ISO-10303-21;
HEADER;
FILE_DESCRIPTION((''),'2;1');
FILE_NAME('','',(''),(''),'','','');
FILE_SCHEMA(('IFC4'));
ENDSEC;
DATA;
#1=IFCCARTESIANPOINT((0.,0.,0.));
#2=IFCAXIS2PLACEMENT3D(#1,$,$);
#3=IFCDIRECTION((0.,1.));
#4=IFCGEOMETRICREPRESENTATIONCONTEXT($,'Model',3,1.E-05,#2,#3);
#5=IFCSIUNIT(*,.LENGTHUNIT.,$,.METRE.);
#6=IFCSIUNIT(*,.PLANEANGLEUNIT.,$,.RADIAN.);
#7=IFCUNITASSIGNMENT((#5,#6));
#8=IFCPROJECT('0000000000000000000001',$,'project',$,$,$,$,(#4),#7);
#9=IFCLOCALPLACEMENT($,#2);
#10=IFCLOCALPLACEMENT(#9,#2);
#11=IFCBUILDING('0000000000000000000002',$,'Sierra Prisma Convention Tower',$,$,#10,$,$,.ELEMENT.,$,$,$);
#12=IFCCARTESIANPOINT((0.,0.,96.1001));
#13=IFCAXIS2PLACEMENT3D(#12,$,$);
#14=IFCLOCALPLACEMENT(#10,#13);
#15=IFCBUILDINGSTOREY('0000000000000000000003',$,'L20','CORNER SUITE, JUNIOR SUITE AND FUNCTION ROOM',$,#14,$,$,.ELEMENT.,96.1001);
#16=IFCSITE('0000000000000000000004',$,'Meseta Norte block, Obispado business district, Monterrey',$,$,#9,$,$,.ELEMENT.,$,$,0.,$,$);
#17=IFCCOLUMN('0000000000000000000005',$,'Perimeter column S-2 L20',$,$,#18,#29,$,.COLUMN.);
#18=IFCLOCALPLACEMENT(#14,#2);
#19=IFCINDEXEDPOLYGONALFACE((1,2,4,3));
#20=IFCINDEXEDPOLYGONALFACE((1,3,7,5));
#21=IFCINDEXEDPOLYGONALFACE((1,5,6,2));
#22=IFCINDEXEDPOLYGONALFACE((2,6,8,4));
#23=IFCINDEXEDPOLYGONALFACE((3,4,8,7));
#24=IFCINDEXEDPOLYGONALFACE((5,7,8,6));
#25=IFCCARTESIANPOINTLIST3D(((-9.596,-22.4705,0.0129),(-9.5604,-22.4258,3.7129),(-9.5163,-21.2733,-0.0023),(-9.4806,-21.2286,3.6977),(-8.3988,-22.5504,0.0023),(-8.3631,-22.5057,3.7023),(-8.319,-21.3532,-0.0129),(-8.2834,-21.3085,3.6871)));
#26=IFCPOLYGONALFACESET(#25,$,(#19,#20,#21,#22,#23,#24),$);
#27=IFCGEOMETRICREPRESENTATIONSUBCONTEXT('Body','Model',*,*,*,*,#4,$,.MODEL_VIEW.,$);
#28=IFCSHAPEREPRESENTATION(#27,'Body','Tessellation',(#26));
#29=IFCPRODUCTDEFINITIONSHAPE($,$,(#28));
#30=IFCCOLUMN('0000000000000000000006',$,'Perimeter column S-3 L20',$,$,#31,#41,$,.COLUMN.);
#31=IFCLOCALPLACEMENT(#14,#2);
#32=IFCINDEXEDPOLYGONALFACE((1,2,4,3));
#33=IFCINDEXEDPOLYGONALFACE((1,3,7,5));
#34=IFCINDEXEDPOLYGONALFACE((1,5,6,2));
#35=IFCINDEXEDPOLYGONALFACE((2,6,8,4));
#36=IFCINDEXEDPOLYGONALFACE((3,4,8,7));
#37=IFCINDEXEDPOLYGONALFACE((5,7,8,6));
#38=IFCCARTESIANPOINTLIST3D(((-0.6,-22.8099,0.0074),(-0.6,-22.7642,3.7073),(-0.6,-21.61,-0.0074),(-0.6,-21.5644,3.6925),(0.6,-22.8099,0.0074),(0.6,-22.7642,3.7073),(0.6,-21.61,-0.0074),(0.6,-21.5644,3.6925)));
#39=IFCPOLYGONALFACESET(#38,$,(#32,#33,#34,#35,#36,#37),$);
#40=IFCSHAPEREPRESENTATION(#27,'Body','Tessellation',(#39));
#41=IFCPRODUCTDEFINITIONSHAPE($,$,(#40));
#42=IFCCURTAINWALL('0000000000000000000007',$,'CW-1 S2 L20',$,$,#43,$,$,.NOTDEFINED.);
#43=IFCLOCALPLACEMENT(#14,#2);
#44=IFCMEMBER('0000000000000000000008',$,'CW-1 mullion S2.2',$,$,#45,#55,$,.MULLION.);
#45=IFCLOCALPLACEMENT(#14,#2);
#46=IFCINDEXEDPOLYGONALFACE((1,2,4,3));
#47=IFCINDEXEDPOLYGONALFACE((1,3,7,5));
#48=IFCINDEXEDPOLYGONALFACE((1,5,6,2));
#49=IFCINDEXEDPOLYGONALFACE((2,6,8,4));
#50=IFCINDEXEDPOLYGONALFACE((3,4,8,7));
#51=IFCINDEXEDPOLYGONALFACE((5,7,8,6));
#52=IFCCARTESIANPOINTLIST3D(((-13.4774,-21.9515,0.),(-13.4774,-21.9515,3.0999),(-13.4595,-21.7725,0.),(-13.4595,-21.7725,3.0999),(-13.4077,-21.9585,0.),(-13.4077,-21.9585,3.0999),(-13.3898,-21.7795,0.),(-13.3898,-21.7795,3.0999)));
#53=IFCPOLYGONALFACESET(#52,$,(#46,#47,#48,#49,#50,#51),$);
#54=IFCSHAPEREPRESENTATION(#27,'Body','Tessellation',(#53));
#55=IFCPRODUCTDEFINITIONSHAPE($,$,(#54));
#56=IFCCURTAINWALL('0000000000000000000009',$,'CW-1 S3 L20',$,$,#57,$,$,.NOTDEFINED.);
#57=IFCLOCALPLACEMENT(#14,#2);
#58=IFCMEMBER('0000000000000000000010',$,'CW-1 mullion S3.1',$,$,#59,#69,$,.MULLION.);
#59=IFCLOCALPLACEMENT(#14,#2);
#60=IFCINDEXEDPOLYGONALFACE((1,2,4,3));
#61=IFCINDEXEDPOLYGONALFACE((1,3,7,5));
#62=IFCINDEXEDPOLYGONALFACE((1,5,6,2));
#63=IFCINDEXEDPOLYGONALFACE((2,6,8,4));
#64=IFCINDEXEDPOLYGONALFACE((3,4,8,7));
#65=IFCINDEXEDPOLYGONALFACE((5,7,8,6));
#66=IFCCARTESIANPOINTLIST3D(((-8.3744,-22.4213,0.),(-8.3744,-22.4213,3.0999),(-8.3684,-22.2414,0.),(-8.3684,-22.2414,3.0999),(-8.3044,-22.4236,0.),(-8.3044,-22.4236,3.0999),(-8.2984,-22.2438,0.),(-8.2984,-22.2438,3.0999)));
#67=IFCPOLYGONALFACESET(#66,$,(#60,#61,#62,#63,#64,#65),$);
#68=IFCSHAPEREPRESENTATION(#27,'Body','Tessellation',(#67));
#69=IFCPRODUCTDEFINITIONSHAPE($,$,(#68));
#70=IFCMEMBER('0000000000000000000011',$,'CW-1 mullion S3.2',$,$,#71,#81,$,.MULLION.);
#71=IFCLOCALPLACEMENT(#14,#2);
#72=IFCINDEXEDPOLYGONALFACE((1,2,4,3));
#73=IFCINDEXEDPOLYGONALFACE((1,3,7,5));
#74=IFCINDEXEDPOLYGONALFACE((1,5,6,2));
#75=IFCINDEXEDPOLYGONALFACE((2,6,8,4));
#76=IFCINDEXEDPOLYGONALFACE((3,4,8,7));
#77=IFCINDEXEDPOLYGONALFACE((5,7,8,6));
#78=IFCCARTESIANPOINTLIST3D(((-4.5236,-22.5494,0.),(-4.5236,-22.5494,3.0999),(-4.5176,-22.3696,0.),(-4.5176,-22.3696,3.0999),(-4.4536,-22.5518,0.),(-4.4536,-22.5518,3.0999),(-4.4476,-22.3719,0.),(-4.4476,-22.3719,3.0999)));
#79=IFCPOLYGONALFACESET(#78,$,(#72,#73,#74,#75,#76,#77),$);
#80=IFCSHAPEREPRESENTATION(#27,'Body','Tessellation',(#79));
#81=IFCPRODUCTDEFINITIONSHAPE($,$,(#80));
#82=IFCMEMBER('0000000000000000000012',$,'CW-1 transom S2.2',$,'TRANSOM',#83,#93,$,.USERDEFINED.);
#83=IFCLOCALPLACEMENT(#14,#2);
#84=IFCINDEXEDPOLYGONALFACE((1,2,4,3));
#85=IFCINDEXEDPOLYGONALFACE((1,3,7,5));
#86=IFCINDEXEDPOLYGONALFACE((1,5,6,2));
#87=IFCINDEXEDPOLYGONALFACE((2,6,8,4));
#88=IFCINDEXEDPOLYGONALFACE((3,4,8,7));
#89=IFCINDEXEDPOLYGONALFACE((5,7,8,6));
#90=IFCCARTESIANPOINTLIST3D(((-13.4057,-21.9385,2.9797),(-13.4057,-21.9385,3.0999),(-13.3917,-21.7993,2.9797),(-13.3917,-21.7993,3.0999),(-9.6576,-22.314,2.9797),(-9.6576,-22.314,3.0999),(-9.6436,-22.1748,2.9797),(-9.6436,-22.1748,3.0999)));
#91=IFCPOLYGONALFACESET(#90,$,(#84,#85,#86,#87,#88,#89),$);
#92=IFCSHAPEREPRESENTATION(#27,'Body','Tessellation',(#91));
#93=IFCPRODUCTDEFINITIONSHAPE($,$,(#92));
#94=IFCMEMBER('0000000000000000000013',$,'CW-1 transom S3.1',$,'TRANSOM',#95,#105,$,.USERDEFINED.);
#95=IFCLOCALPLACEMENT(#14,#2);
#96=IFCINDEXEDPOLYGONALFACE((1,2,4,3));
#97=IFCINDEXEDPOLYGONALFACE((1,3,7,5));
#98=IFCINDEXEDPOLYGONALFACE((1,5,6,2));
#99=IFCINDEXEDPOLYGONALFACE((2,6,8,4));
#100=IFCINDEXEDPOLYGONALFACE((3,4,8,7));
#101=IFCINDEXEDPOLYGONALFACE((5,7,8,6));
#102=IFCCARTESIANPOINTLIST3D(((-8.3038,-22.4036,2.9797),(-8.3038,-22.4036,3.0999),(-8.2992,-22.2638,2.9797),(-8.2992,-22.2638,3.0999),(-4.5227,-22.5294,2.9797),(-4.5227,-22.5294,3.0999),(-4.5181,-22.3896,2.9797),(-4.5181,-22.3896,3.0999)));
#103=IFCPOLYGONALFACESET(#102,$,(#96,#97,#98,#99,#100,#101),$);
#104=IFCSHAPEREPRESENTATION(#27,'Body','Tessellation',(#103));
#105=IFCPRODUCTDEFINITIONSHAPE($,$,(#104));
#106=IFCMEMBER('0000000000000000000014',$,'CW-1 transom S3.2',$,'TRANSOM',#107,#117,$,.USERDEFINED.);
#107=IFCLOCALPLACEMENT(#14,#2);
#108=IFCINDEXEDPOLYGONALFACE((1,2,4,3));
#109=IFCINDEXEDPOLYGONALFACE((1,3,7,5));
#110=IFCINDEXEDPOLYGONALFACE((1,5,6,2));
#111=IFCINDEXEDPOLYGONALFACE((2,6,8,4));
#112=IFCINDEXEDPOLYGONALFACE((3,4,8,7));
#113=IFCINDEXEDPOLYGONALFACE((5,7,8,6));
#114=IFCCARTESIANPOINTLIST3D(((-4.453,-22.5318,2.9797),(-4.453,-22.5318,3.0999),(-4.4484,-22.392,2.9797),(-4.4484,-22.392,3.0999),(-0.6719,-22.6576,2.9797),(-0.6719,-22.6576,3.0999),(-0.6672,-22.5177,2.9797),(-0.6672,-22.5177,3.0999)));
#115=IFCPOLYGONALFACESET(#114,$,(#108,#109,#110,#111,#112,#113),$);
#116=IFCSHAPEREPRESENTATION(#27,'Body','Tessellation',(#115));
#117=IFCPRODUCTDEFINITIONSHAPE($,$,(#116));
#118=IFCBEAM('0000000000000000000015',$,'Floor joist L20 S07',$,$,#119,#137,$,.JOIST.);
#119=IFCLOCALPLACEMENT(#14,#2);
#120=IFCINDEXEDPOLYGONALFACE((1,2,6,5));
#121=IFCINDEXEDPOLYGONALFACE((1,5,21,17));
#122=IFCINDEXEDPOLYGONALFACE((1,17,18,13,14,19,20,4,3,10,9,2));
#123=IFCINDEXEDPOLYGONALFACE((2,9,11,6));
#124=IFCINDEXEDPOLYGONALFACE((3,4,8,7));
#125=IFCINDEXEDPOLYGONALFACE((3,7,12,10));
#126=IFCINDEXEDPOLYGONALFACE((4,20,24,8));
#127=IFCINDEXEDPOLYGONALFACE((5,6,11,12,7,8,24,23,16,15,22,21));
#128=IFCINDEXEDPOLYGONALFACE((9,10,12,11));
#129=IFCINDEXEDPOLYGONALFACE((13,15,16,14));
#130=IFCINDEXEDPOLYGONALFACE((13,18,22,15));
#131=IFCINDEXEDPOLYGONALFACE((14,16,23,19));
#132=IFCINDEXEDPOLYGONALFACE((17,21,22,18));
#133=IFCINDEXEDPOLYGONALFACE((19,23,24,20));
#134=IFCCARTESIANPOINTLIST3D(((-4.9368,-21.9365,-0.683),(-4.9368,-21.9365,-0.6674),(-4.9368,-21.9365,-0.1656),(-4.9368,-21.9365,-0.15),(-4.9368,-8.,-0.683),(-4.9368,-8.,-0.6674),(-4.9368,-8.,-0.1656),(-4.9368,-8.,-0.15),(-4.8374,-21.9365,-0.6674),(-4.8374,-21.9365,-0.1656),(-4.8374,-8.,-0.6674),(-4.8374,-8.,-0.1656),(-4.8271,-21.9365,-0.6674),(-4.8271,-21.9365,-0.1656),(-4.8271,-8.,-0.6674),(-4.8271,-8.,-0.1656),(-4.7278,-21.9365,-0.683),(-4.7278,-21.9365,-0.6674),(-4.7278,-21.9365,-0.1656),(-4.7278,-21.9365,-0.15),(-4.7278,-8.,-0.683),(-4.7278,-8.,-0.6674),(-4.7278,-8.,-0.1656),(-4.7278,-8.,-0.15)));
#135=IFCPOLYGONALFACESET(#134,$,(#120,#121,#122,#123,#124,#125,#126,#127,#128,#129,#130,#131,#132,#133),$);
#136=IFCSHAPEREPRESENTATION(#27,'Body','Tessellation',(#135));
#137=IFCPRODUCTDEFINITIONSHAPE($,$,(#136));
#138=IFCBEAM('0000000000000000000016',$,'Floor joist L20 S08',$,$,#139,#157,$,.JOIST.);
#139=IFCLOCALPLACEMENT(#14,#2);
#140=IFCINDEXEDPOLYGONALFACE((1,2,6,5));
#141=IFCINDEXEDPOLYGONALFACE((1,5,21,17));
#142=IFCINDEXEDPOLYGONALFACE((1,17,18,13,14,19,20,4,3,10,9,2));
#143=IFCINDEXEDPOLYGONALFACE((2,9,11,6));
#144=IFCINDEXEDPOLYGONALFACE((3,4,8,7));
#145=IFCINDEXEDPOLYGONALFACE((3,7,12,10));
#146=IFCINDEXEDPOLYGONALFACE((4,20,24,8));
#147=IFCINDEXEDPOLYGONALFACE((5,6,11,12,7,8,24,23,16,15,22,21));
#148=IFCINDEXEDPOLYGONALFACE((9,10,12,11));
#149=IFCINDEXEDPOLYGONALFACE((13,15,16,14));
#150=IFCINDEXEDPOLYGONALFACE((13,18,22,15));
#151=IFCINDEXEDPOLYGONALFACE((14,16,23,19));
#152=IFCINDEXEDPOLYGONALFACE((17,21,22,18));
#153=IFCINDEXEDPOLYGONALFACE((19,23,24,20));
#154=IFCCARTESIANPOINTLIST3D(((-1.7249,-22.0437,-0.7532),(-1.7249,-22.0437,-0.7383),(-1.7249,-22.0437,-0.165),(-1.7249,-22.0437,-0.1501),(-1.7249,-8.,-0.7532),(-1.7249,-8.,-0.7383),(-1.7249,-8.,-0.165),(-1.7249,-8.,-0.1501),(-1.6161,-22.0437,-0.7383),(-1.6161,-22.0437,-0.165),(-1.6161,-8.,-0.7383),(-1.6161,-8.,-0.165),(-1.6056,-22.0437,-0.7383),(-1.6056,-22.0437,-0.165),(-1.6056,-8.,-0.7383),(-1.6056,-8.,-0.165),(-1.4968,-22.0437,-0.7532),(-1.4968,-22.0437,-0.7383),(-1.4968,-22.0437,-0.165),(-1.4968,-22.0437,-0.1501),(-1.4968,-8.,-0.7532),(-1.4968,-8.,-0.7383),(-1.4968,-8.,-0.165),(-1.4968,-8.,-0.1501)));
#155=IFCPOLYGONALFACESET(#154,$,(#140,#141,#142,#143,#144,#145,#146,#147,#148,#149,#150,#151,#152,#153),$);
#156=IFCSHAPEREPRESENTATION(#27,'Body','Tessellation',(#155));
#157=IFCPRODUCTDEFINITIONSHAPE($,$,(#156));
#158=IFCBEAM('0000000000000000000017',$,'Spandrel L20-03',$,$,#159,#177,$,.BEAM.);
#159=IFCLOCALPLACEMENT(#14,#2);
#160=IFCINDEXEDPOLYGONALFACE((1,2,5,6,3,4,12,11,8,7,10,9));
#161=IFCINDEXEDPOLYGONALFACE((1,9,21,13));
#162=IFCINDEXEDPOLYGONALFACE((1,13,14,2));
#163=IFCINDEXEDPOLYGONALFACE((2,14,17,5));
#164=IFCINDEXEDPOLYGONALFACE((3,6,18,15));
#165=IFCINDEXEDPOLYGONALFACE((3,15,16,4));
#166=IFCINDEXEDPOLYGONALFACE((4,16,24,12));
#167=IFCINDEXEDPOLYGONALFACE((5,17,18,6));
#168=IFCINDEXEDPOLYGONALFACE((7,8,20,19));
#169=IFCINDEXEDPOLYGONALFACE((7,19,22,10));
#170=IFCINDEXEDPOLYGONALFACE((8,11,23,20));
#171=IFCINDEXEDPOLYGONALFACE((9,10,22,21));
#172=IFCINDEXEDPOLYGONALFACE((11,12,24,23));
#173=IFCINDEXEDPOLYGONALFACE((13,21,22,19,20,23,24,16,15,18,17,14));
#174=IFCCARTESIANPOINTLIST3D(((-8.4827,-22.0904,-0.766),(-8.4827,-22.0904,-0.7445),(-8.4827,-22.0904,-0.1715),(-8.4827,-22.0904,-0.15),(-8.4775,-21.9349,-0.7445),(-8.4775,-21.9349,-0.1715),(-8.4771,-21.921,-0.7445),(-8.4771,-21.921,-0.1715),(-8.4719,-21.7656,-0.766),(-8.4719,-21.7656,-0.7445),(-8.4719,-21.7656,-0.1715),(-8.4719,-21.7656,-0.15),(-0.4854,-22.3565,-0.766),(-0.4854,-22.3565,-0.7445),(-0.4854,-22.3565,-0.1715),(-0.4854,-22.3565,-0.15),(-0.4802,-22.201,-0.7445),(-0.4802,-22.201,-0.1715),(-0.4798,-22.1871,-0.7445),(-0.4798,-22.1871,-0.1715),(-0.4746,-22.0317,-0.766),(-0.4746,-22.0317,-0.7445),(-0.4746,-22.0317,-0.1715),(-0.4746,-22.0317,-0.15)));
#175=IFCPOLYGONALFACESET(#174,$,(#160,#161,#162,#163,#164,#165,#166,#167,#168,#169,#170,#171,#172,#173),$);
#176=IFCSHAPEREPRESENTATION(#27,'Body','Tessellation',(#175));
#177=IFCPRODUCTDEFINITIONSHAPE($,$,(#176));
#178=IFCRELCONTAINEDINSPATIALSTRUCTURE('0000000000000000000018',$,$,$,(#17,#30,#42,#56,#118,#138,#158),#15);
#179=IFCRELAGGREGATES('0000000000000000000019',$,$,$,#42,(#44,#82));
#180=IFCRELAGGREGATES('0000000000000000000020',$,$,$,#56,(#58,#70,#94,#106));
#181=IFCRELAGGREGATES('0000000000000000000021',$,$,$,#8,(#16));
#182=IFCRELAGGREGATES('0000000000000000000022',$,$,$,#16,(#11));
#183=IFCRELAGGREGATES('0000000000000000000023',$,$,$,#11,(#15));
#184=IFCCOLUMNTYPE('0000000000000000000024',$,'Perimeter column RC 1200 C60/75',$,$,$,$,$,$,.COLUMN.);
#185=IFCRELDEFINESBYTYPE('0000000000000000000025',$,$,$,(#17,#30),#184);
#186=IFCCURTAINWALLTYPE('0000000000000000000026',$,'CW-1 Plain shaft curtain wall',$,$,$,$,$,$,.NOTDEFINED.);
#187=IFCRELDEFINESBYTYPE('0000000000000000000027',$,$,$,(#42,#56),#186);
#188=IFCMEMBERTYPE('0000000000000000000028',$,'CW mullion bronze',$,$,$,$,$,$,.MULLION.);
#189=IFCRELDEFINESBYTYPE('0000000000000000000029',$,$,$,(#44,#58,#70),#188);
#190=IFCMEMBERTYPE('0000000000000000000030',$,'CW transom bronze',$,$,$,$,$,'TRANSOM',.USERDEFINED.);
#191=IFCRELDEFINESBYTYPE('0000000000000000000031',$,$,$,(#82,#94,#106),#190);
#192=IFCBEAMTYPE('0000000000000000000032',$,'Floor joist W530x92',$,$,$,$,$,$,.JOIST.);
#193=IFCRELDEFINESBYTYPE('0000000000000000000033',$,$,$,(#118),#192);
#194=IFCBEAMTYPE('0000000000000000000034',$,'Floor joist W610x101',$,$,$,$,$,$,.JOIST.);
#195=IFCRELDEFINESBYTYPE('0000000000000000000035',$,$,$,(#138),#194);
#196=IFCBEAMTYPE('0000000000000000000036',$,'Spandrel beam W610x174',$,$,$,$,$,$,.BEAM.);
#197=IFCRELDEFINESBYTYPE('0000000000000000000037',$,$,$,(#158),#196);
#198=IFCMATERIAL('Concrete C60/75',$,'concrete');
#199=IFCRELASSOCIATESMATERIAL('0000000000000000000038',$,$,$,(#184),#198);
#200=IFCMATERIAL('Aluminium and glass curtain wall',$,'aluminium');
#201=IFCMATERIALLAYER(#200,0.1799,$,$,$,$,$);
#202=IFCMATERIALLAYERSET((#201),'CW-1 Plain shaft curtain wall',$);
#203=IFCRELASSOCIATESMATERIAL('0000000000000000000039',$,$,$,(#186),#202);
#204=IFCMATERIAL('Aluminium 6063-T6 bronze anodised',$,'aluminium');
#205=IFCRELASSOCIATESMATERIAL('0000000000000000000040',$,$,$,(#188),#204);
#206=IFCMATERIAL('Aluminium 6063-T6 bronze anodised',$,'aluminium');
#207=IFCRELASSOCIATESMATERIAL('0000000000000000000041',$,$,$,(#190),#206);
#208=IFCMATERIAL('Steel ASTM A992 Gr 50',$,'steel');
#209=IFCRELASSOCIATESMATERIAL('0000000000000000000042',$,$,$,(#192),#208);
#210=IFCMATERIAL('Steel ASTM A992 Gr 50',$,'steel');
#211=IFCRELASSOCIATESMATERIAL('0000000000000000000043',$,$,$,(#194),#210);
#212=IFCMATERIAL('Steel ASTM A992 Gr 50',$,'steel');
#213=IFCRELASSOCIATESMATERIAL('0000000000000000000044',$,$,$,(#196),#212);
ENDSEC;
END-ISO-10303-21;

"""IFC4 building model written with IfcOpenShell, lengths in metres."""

from ifc_helpers import new_model, si_unit, direction, frame, origin, origin_2d, place, context, subcontext, project, spatial, rectangle, i_section, extrude, material, layer, layer_set, material_profile, profile_set, type_object, element, aggregate, save


model = new_model("IFC4")

# Units and contexts
model_context = context("Model", 3, precision=1e-05, world=origin(), true_north=direction((0.0, 1.0)))
body_context = subcontext(model_context, "Body", "Model", "MODEL_VIEW")
ifc_project = project(units=[si_unit("LENGTHUNIT", "METRE"), si_unit("PLANEANGLEUNIT", "RADIAN")], contexts=[model_context])

# Site, building, storey
site_placement = place(None, origin())
site = spatial("IfcSite", under=ifc_project, at=site_placement, Name="Meseta Norte block, Obispado business district, Monterrey", CompositionType="ELEMENT", RefElevation=0.0)
building_placement = place(site_placement, origin())
building = spatial("IfcBuilding", under=site, at=building_placement, Name="Sierra Prisma Convention Tower", CompositionType="ELEMENT")
storey_placement = place(building_placement, frame((0.0, 0.0, 96.1001)))
storey = spatial("IfcBuildingStorey", under=building, at=storey_placement, Name="L20", Description="CORNER SUITE, JUNIOR SUITE AND FUNCTION ROOM", CompositionType="ELEMENT", Elevation=96.1001)

# Columns
ifc_material_1 = material(Name="Concrete C60/75", Category="concrete")
ifc_material_profile_1 = material_profile(ifc_material_1, rectangle(XDim=1.2, YDim=1.2, at=origin_2d()), Name="Perimeter column RC 1200 C60/75")
ifc_profile_set_1 = profile_set([ifc_material_profile_1], Name="Concrete C60/75")
column_type = type_object("IfcColumnType", Name="Perimeter column RC 1200 C60/75", PredefinedType="COLUMN", material=ifc_profile_set_1)
column_1_placement = place(storey_placement, frame((-8.9575, -21.9119, 0.0), z_axis=(0.009633, 0.012074, 0.999881), x_axis=(-0.997741, 0.066592, 0.008808)))
element("IfcColumn", 1, at=column_1_placement, inside=storey, type_object=column_type, Name="Perimeter column S-2 L20", PredefinedType="COLUMN", context=body_context, shape_type="SweptSolid", body=[
    extrude(rectangle(XDim=1.2, YDim=1.2, at=origin_2d()), origin(), (0.0, 0.0, 1.0), 3.7004),
])
column_2_placement = place(storey_placement, frame((0.0, -22.21, 0.0), z_axis=(0.0, 0.012338, 0.999924), x_axis=(1.0, 0.0, 0.0)))
element("IfcColumn", 2, at=column_2_placement, inside=storey, type_object=column_type, Name="Perimeter column S-3 L20", PredefinedType="COLUMN", context=body_context, shape_type="SweptSolid", body=[
    extrude(rectangle(XDim=1.2, YDim=1.2, at=origin_2d()), origin(), (0.0, 0.0, 1.0), 3.7002),
])

# Curtain wall, member
ifc_material_2 = material(Name="Aluminium and glass curtain wall", Category="aluminium")
ifc_layer_1 = layer(ifc_material_2, 0.1799)
ifc_layer_set_1 = layer_set([ifc_layer_1], Name="CW-1 Plain shaft curtain wall")
curtain_wall_type = type_object("IfcCurtainWallType", Name="CW-1 Plain shaft curtain wall", PredefinedType="NOTDEFINED", material=ifc_layer_set_1)
curtain_wall_1_placement = place(storey_placement, origin())
curtain_wall_1 = element("IfcCurtainWall", 3, at=curtain_wall_1_placement, inside=storey, type_object=curtain_wall_type, Name="CW-1 S2 L20", PredefinedType="NOTDEFINED")
ifc_material_3 = material(Name="Aluminium 6063-T6 bronze anodised", Category="aluminium")
ifc_material_profile_2 = material_profile(ifc_material_3, rectangle(XDim=0.1799, YDim=0.0701, at=origin_2d()), Name="ALU MULLION 70x180")
ifc_profile_set_2 = profile_set([ifc_material_profile_2], Name="Aluminium 6063-T6 bronze anodised")
member_type_1 = type_object("IfcMemberType", Name="CW mullion bronze", PredefinedType="MULLION", material=ifc_profile_set_2)
member_1_placement = place(storey_placement, frame((-13.4336, -21.8655, 0.0), z_axis=(0.0, 0.0, 1.0), x_axis=(0.099629, 0.995025, 0.0)))
member_1 = element("IfcMember", 4, at=member_1_placement, type_object=member_type_1, Name="CW-1 mullion S2.2", PredefinedType="MULLION", context=body_context, shape_type="SweptSolid", body=[
    extrude(rectangle(XDim=0.1799, YDim=0.0701, at=origin_2d()), origin(), (0.0, 0.0, 1.0), 3.0999),
])

# Curtain wall, members
curtain_wall_2_placement = place(storey_placement, origin())
curtain_wall_2 = element("IfcCurtainWall", 5, at=curtain_wall_2_placement, inside=storey, type_object=curtain_wall_type, Name="CW-1 S3 L20", PredefinedType="NOTDEFINED")
member_2_placement = place(storey_placement, frame((-8.3364, -22.3325, 0.0), z_axis=(0.0, 0.0, 1.0), x_axis=(0.033259, 0.999447, 0.0)))
member_2 = element("IfcMember", 6, at=member_2_placement, type_object=member_type_1, Name="CW-1 mullion S3.1", PredefinedType="MULLION", context=body_context, shape_type="SweptSolid", body=[
    extrude(rectangle(XDim=0.1799, YDim=0.0701, at=origin_2d()), origin(), (0.0, 0.0, 1.0), 3.0999),
])
member_3_placement = place(storey_placement, frame((-4.4856, -22.4607, 0.0), z_axis=(0.0, 0.0, 1.0), x_axis=(0.033259, 0.999447, 0.0)))
member_3 = element("IfcMember", 7, at=member_3_placement, type_object=member_type_1, Name="CW-1 mullion S3.2", PredefinedType="MULLION", context=body_context, shape_type="SweptSolid", body=[
    extrude(rectangle(XDim=0.1799, YDim=0.0701, at=origin_2d()), origin(), (0.0, 0.0, 1.0), 3.0999),
])

# Members
ifc_material_4 = material(Name="Aluminium 6063-T6 bronze anodised", Category="aluminium")
ifc_material_profile_3 = material_profile(ifc_material_4, rectangle(XDim=0.1399, YDim=0.1201, at=origin_2d()), Name="ALU TRANSOM 120x140")
ifc_profile_set_3 = profile_set([ifc_material_profile_3], Name="Aluminium 6063-T6 bronze anodised")
member_type_2 = type_object("IfcMemberType", Name="CW transom bronze", ElementType="TRANSOM", PredefinedType="USERDEFINED", material=ifc_profile_set_3)
member_4_placement = place(storey_placement, frame((-13.3987, -21.8689, 3.0398), z_axis=(0.995019, -0.099683, 0.0), x_axis=(0.099683, 0.995019, 0.0)))
member_4 = element("IfcMember", 8, at=member_4_placement, type_object=member_type_2, Name="CW-1 transom S2.2", ObjectType="TRANSOM", PredefinedType="USERDEFINED", context=body_context, shape_type="SweptSolid", body=[
    extrude(rectangle(XDim=0.1399, YDim=0.1201, at=origin_2d()), origin(), (0.0, 0.0, 1.0), 3.7668),
])
member_5_placement = place(storey_placement, frame((-8.3015, -22.3337, 3.0398), z_axis=(0.999448, -0.033235, 0.0), x_axis=(0.033235, 0.999448, 0.0)))
member_5 = element("IfcMember", 9, at=member_5_placement, type_object=member_type_2, Name="CW-1 transom S3.1", ObjectType="TRANSOM", PredefinedType="USERDEFINED", context=body_context, shape_type="SweptSolid", body=[
    extrude(rectangle(XDim=0.1399, YDim=0.1201, at=origin_2d()), origin(), (0.0, 0.0, 1.0), 3.7832),
])
member_6_placement = place(storey_placement, frame((-4.4507, -22.4619, 3.0398), z_axis=(0.999448, -0.033235, 0.0), x_axis=(0.033235, 0.999448, 0.0)))
member_6 = element("IfcMember", 10, at=member_6_placement, type_object=member_type_2, Name="CW-1 transom S3.2", ObjectType="TRANSOM", PredefinedType="USERDEFINED", context=body_context, shape_type="SweptSolid", body=[
    extrude(rectangle(XDim=0.1399, YDim=0.1201, at=origin_2d()), origin(), (0.0, 0.0, 1.0), 3.7832),
])

# Beams
ifc_material_5 = material(Name="Steel ASTM A992 Gr 50", Category="steel")
ifc_material_profile_4 = material_profile(ifc_material_5, i_section(OverallWidth=0.209, OverallDepth=0.533, WebThickness=0.0103, FlangeThickness=0.0156, at=origin_2d()), Name="W530x92")
ifc_profile_set_4 = profile_set([ifc_material_profile_4], Name="Steel ASTM A992 Gr 50")
beam_type_1 = type_object("IfcBeamType", Name="Floor joist W530x92", PredefinedType="JOIST", material=ifc_profile_set_4)
beam_1_placement = place(storey_placement, frame((-4.8323, -21.9365, -0.4165), z_axis=(0.0, 1.0, 0.0), x_axis=(-1.0, 0.0, 0.0)))
element("IfcBeam", 11, at=beam_1_placement, inside=storey, type_object=beam_type_1, Name="Floor joist L20 S07", PredefinedType="JOIST", context=body_context, shape_type="SweptSolid", body=[
    extrude(i_section(OverallWidth=0.209, OverallDepth=0.533, WebThickness=0.0103, FlangeThickness=0.0156, at=origin_2d()), origin(), (0.0, 0.0, 1.0), 13.9365),
])
ifc_material_6 = material(Name="Steel ASTM A992 Gr 50", Category="steel")
ifc_material_profile_5 = material_profile(ifc_material_6, i_section(OverallWidth=0.228, OverallDepth=0.603, WebThickness=0.0105, FlangeThickness=0.0149, at=origin_2d()), Name="W610x101")
ifc_profile_set_5 = profile_set([ifc_material_profile_5], Name="Steel ASTM A992 Gr 50")
beam_type_2 = type_object("IfcBeamType", Name="Floor joist W610x101", PredefinedType="JOIST", material=ifc_profile_set_5)
beam_2_placement = place(storey_placement, frame((-1.6108, -22.0437, -0.4517), z_axis=(0.0, 1.0, 0.0), x_axis=(-1.0, 0.0, 0.0)))
element("IfcBeam", 12, at=beam_2_placement, inside=storey, type_object=beam_type_2, Name="Floor joist L20 S08", PredefinedType="JOIST", context=body_context, shape_type="SweptSolid", body=[
    extrude(i_section(OverallWidth=0.228, OverallDepth=0.603, WebThickness=0.0105, FlangeThickness=0.0149, at=origin_2d()), origin(), (0.0, 0.0, 1.0), 14.0437),
])
ifc_material_7 = material(Name="Steel ASTM A992 Gr 50", Category="steel")
ifc_material_profile_6 = material_profile(ifc_material_7, i_section(OverallWidth=0.325, OverallDepth=0.616, WebThickness=0.0139, FlangeThickness=0.0215, at=origin_2d()), Name="W610x174")
ifc_profile_set_6 = profile_set([ifc_material_profile_6], Name="Steel ASTM A992 Gr 50")
beam_type_3 = type_object("IfcBeamType", Name="Spandrel beam W610x174", PredefinedType="BEAM", material=ifc_profile_set_6)
beam_3_placement = place(storey_placement, frame((-8.4773, -21.928, -0.458), z_axis=(0.999447, -0.033257, 0.0), x_axis=(0.033257, 0.999447, 0.0)))
element("IfcBeam", 13, at=beam_3_placement, inside=storey, type_object=beam_type_3, Name="Spandrel L20-03", PredefinedType="BEAM", context=body_context, shape_type="SweptSolid", body=[
    extrude(i_section(OverallWidth=0.325, OverallDepth=0.616, WebThickness=0.0139, FlangeThickness=0.0215, at=origin_2d()), origin(), (0.0, 0.0, 1.0), 8.0017),
])

aggregate(curtain_wall_1, [member_1, member_4])
aggregate(curtain_wall_2, [member_2, member_3, member_5, member_6])

save(model, "model.ifc")
